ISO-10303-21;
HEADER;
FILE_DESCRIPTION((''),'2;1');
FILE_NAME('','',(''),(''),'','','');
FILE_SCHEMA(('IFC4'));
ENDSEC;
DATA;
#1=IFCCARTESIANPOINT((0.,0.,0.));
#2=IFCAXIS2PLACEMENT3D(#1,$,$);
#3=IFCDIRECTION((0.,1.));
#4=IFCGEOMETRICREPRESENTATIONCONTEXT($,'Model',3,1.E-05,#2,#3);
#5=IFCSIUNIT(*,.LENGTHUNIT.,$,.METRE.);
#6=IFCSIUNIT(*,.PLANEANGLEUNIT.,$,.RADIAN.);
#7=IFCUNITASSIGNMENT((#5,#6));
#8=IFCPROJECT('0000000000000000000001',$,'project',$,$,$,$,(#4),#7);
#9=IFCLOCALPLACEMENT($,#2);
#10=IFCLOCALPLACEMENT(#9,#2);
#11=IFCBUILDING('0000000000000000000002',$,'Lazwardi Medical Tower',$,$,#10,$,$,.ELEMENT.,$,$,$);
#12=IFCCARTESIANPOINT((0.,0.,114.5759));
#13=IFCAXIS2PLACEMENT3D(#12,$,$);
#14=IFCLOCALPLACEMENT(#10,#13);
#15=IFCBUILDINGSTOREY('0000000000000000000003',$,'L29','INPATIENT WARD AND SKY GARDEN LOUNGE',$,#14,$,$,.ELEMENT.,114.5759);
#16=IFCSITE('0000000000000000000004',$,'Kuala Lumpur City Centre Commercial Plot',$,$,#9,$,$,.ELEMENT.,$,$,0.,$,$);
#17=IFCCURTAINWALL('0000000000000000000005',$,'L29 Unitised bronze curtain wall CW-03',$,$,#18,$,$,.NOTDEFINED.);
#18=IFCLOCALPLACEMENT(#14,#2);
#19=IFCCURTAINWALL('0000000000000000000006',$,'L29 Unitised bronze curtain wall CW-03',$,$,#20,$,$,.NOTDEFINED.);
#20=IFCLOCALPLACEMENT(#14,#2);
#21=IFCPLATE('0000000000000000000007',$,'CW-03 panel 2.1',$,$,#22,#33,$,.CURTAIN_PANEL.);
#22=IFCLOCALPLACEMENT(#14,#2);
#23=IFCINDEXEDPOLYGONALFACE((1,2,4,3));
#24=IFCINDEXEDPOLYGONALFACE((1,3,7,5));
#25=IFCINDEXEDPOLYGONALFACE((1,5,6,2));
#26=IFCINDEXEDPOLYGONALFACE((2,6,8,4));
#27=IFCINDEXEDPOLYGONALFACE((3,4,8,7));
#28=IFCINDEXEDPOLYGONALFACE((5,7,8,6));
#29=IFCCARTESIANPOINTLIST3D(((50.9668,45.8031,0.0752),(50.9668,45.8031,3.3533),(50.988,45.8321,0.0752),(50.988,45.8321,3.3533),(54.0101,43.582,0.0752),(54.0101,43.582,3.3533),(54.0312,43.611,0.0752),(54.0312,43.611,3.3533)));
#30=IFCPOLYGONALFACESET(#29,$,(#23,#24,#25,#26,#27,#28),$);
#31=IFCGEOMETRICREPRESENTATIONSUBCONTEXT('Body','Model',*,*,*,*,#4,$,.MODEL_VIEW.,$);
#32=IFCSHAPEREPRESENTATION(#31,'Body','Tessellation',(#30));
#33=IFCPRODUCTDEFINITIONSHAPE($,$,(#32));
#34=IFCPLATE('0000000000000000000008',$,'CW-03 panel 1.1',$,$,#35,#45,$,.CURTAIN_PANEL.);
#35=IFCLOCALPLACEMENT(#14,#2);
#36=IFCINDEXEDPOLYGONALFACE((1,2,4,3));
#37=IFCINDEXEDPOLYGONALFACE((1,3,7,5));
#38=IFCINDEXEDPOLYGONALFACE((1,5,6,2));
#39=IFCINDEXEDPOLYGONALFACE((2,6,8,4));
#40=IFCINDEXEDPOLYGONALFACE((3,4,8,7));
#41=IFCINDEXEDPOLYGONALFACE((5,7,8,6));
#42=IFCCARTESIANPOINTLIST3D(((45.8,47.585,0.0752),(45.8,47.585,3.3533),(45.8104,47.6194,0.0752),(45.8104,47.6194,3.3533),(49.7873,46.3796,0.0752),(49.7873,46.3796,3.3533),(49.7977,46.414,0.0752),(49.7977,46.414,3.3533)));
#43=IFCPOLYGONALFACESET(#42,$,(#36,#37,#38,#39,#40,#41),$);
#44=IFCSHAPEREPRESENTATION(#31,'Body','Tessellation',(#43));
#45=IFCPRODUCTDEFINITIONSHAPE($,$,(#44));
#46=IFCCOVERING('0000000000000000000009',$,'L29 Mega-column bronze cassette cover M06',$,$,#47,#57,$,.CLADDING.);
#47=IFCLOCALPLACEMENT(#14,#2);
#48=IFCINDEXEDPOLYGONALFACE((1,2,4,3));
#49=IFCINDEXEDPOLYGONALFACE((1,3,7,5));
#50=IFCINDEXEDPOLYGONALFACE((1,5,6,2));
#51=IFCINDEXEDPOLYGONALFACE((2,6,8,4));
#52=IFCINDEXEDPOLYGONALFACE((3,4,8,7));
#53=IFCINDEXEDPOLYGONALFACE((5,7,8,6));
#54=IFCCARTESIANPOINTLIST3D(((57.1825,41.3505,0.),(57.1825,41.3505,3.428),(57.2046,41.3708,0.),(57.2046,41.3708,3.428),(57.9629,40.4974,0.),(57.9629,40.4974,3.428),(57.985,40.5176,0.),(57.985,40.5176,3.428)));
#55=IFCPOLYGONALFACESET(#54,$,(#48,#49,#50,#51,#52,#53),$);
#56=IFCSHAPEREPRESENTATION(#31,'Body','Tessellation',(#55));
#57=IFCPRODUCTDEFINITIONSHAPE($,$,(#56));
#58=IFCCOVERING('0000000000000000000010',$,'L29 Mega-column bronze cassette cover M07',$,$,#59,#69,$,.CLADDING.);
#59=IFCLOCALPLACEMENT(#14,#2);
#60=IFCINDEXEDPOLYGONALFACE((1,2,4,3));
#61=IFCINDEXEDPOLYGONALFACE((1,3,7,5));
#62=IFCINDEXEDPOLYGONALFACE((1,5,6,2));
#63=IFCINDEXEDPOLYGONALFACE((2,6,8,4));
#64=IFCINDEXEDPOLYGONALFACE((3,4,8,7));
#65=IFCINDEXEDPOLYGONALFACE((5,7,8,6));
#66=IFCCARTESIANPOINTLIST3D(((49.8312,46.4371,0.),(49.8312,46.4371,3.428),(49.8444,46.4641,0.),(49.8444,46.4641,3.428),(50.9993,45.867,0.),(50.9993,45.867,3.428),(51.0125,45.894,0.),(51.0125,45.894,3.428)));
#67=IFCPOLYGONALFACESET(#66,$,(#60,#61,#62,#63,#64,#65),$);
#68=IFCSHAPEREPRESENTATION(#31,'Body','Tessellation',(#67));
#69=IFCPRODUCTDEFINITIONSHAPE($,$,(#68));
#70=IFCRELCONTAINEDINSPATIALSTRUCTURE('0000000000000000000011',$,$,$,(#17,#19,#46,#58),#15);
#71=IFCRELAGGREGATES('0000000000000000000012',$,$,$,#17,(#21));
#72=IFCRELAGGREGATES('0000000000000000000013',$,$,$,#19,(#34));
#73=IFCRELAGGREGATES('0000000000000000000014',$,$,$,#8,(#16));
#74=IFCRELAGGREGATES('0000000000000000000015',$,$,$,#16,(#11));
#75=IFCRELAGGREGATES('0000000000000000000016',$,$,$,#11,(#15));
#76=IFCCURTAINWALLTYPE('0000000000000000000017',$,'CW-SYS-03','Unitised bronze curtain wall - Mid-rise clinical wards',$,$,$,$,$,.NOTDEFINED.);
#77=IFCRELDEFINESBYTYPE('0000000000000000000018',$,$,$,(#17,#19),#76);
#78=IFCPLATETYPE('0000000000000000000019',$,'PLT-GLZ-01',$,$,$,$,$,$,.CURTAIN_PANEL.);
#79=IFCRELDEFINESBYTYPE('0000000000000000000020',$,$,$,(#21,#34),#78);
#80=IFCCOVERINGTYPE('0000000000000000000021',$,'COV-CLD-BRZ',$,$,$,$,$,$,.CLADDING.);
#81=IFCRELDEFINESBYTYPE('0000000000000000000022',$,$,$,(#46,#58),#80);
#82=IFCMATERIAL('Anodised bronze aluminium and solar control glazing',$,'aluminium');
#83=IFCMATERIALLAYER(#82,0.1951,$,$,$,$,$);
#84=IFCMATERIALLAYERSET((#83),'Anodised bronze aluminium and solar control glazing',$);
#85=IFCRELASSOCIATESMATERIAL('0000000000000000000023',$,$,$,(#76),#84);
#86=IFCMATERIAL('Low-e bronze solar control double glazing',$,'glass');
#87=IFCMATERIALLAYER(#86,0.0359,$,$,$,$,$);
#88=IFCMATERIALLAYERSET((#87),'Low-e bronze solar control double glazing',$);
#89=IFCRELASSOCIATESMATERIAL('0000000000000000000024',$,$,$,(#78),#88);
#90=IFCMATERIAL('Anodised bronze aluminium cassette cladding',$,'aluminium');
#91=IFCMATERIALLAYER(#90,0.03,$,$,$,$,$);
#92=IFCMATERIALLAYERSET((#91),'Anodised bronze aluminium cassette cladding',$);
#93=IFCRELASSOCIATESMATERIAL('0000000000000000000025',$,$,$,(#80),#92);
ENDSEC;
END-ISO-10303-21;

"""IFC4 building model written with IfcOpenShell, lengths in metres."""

from ifc_helpers import new_model, si_unit, direction, frame, origin, origin_2d, place, context, subcontext, project, spatial, rectangle, extrude, material, layer, layer_set, type_object, element, aggregate, save


model = new_model("IFC4")

# Units and contexts
model_context = context("Model", 3, precision=1e-05, world=origin(), true_north=direction((0.0, 1.0)))
body_context = subcontext(model_context, "Body", "Model", "MODEL_VIEW")
ifc_project = project(units=[si_unit("LENGTHUNIT", "METRE"), si_unit("PLANEANGLEUNIT", "RADIAN")], contexts=[model_context])

# Site, building, storey
site_placement = place(None, origin())
site = spatial("IfcSite", under=ifc_project, at=site_placement, Name="Kuala Lumpur City Centre Commercial Plot", CompositionType="ELEMENT", RefElevation=0.0)
building_placement = place(site_placement, origin())
building = spatial("IfcBuilding", under=site, at=building_placement, Name="Lazwardi Medical Tower", CompositionType="ELEMENT")
storey_placement = place(building_placement, frame((0.0, 0.0, 114.5759)))
storey = spatial("IfcBuildingStorey", under=building, at=storey_placement, Name="L29", Description="INPATIENT WARD AND SKY GARDEN LOUNGE", CompositionType="ELEMENT", Elevation=114.5759)

# Shared definitions
ifc_material_1 = material(Name="Anodised bronze aluminium and solar control glazing", Category="aluminium")
ifc_layer_1 = layer(ifc_material_1, 0.1951)
ifc_layer_set_1 = layer_set([ifc_layer_1], Name="Anodised bronze aluminium and solar control glazing")
curtain_wall_type = type_object("IfcCurtainWallType", Name="CW-SYS-03", Description="Unitised bronze curtain wall - Mid-rise clinical wards", PredefinedType="NOTDEFINED", material=ifc_layer_set_1)

# Curtain wall
curtain_wall_1_placement = place(storey_placement, origin())
curtain_wall_1 = element("IfcCurtainWall", 1, at=curtain_wall_1_placement, inside=storey, type_object=curtain_wall_type, Name="L29 Unitised bronze curtain wall CW-03", PredefinedType="NOTDEFINED")

# Curtain wall
curtain_wall_2_placement = place(storey_placement, origin())
curtain_wall_2 = element("IfcCurtainWall", 2, at=curtain_wall_2_placement, inside=storey, type_object=curtain_wall_type, Name="L29 Unitised bronze curtain wall CW-03", PredefinedType="NOTDEFINED")

# Plates
ifc_material_2 = material(Name="Low-e bronze solar control double glazing", Category="glass")
ifc_layer_2 = layer(ifc_material_2, 0.0359)
ifc_layer_set_2 = layer_set([ifc_layer_2], Name="Low-e bronze solar control double glazing")
plate_type = type_object("IfcPlateType", Name="PLT-GLZ-01", PredefinedType="CURTAIN_PANEL", material=ifc_layer_set_2)
plate_1_placement = place(storey_placement, frame((52.499, 44.707, 0.0752), z_axis=(0.0, 0.0, 1.0), x_axis=(-0.807746, 0.589531, 0.0)))
plate_1 = element("IfcPlate", 3, at=plate_1_placement, type_object=plate_type, Name="CW-03 panel 2.1", PredefinedType="CURTAIN_PANEL", context=body_context, shape_type="SweptSolid", body=[
    extrude(rectangle(XDim=3.7676, YDim=0.0359, at=origin_2d()), origin(), (0.0, 0.0, 1.0), 3.2781),
])
aggregate(curtain_wall_1, [plate_1])
plate_2_placement = place(storey_placement, frame((47.7988, 46.9995, 0.0752), z_axis=(0.0, 0.0, 1.0), x_axis=(-0.957216, 0.289374, 0.0)))
plate_2 = element("IfcPlate", 4, at=plate_2_placement, type_object=plate_type, Name="CW-03 panel 1.1", PredefinedType="CURTAIN_PANEL", context=body_context, shape_type="SweptSolid", body=[
    extrude(rectangle(XDim=4.1655, YDim=0.0359, at=origin_2d()), origin(), (0.0, 0.0, 1.0), 3.2781),
])
aggregate(curtain_wall_2, [plate_2])

# Coverings
ifc_material_3 = material(Name="Anodised bronze aluminium cassette cladding", Category="aluminium")
ifc_layer_3 = layer(ifc_material_3, 0.03)
ifc_layer_set_3 = layer_set([ifc_layer_3], Name="Anodised bronze aluminium cassette cladding")
covering_type = type_object("IfcCoveringType", Name="COV-CLD-BRZ", PredefinedType="CLADDING", material=ifc_layer_set_3)
covering_1_placement = place(storey_placement, frame((57.5837, 40.9341, 0.0), z_axis=(0.0, 0.0, 1.0), x_axis=(-0.674926, 0.737885, 0.0)))
element("IfcCovering", 5, at=covering_1_placement, inside=storey, type_object=covering_type, Name="L29 Mega-column bronze cassette cover M06", PredefinedType="CLADDING", context=body_context, shape_type="SweptSolid", body=[
    extrude(rectangle(XDim=1.1562, YDim=0.03, at=origin_2d()), origin(), (0.0, 0.0, 1.0), 3.428),
])
covering_2_placement = place(storey_placement, frame((50.4219, 46.1655, 0.0), z_axis=(0.0, 0.0, 1.0), x_axis=(-0.898679, 0.438606, 0.0)))
element("IfcCovering", 6, at=covering_2_placement, inside=storey, type_object=covering_type, Name="L29 Mega-column bronze cassette cover M07", PredefinedType="CLADDING", context=body_context, shape_type="SweptSolid", body=[
    extrude(rectangle(XDim=1.2998, YDim=0.03, at=origin_2d()), origin(), (0.0, 0.0, 1.0), 3.428),
])

save(model, "model.ifc")
